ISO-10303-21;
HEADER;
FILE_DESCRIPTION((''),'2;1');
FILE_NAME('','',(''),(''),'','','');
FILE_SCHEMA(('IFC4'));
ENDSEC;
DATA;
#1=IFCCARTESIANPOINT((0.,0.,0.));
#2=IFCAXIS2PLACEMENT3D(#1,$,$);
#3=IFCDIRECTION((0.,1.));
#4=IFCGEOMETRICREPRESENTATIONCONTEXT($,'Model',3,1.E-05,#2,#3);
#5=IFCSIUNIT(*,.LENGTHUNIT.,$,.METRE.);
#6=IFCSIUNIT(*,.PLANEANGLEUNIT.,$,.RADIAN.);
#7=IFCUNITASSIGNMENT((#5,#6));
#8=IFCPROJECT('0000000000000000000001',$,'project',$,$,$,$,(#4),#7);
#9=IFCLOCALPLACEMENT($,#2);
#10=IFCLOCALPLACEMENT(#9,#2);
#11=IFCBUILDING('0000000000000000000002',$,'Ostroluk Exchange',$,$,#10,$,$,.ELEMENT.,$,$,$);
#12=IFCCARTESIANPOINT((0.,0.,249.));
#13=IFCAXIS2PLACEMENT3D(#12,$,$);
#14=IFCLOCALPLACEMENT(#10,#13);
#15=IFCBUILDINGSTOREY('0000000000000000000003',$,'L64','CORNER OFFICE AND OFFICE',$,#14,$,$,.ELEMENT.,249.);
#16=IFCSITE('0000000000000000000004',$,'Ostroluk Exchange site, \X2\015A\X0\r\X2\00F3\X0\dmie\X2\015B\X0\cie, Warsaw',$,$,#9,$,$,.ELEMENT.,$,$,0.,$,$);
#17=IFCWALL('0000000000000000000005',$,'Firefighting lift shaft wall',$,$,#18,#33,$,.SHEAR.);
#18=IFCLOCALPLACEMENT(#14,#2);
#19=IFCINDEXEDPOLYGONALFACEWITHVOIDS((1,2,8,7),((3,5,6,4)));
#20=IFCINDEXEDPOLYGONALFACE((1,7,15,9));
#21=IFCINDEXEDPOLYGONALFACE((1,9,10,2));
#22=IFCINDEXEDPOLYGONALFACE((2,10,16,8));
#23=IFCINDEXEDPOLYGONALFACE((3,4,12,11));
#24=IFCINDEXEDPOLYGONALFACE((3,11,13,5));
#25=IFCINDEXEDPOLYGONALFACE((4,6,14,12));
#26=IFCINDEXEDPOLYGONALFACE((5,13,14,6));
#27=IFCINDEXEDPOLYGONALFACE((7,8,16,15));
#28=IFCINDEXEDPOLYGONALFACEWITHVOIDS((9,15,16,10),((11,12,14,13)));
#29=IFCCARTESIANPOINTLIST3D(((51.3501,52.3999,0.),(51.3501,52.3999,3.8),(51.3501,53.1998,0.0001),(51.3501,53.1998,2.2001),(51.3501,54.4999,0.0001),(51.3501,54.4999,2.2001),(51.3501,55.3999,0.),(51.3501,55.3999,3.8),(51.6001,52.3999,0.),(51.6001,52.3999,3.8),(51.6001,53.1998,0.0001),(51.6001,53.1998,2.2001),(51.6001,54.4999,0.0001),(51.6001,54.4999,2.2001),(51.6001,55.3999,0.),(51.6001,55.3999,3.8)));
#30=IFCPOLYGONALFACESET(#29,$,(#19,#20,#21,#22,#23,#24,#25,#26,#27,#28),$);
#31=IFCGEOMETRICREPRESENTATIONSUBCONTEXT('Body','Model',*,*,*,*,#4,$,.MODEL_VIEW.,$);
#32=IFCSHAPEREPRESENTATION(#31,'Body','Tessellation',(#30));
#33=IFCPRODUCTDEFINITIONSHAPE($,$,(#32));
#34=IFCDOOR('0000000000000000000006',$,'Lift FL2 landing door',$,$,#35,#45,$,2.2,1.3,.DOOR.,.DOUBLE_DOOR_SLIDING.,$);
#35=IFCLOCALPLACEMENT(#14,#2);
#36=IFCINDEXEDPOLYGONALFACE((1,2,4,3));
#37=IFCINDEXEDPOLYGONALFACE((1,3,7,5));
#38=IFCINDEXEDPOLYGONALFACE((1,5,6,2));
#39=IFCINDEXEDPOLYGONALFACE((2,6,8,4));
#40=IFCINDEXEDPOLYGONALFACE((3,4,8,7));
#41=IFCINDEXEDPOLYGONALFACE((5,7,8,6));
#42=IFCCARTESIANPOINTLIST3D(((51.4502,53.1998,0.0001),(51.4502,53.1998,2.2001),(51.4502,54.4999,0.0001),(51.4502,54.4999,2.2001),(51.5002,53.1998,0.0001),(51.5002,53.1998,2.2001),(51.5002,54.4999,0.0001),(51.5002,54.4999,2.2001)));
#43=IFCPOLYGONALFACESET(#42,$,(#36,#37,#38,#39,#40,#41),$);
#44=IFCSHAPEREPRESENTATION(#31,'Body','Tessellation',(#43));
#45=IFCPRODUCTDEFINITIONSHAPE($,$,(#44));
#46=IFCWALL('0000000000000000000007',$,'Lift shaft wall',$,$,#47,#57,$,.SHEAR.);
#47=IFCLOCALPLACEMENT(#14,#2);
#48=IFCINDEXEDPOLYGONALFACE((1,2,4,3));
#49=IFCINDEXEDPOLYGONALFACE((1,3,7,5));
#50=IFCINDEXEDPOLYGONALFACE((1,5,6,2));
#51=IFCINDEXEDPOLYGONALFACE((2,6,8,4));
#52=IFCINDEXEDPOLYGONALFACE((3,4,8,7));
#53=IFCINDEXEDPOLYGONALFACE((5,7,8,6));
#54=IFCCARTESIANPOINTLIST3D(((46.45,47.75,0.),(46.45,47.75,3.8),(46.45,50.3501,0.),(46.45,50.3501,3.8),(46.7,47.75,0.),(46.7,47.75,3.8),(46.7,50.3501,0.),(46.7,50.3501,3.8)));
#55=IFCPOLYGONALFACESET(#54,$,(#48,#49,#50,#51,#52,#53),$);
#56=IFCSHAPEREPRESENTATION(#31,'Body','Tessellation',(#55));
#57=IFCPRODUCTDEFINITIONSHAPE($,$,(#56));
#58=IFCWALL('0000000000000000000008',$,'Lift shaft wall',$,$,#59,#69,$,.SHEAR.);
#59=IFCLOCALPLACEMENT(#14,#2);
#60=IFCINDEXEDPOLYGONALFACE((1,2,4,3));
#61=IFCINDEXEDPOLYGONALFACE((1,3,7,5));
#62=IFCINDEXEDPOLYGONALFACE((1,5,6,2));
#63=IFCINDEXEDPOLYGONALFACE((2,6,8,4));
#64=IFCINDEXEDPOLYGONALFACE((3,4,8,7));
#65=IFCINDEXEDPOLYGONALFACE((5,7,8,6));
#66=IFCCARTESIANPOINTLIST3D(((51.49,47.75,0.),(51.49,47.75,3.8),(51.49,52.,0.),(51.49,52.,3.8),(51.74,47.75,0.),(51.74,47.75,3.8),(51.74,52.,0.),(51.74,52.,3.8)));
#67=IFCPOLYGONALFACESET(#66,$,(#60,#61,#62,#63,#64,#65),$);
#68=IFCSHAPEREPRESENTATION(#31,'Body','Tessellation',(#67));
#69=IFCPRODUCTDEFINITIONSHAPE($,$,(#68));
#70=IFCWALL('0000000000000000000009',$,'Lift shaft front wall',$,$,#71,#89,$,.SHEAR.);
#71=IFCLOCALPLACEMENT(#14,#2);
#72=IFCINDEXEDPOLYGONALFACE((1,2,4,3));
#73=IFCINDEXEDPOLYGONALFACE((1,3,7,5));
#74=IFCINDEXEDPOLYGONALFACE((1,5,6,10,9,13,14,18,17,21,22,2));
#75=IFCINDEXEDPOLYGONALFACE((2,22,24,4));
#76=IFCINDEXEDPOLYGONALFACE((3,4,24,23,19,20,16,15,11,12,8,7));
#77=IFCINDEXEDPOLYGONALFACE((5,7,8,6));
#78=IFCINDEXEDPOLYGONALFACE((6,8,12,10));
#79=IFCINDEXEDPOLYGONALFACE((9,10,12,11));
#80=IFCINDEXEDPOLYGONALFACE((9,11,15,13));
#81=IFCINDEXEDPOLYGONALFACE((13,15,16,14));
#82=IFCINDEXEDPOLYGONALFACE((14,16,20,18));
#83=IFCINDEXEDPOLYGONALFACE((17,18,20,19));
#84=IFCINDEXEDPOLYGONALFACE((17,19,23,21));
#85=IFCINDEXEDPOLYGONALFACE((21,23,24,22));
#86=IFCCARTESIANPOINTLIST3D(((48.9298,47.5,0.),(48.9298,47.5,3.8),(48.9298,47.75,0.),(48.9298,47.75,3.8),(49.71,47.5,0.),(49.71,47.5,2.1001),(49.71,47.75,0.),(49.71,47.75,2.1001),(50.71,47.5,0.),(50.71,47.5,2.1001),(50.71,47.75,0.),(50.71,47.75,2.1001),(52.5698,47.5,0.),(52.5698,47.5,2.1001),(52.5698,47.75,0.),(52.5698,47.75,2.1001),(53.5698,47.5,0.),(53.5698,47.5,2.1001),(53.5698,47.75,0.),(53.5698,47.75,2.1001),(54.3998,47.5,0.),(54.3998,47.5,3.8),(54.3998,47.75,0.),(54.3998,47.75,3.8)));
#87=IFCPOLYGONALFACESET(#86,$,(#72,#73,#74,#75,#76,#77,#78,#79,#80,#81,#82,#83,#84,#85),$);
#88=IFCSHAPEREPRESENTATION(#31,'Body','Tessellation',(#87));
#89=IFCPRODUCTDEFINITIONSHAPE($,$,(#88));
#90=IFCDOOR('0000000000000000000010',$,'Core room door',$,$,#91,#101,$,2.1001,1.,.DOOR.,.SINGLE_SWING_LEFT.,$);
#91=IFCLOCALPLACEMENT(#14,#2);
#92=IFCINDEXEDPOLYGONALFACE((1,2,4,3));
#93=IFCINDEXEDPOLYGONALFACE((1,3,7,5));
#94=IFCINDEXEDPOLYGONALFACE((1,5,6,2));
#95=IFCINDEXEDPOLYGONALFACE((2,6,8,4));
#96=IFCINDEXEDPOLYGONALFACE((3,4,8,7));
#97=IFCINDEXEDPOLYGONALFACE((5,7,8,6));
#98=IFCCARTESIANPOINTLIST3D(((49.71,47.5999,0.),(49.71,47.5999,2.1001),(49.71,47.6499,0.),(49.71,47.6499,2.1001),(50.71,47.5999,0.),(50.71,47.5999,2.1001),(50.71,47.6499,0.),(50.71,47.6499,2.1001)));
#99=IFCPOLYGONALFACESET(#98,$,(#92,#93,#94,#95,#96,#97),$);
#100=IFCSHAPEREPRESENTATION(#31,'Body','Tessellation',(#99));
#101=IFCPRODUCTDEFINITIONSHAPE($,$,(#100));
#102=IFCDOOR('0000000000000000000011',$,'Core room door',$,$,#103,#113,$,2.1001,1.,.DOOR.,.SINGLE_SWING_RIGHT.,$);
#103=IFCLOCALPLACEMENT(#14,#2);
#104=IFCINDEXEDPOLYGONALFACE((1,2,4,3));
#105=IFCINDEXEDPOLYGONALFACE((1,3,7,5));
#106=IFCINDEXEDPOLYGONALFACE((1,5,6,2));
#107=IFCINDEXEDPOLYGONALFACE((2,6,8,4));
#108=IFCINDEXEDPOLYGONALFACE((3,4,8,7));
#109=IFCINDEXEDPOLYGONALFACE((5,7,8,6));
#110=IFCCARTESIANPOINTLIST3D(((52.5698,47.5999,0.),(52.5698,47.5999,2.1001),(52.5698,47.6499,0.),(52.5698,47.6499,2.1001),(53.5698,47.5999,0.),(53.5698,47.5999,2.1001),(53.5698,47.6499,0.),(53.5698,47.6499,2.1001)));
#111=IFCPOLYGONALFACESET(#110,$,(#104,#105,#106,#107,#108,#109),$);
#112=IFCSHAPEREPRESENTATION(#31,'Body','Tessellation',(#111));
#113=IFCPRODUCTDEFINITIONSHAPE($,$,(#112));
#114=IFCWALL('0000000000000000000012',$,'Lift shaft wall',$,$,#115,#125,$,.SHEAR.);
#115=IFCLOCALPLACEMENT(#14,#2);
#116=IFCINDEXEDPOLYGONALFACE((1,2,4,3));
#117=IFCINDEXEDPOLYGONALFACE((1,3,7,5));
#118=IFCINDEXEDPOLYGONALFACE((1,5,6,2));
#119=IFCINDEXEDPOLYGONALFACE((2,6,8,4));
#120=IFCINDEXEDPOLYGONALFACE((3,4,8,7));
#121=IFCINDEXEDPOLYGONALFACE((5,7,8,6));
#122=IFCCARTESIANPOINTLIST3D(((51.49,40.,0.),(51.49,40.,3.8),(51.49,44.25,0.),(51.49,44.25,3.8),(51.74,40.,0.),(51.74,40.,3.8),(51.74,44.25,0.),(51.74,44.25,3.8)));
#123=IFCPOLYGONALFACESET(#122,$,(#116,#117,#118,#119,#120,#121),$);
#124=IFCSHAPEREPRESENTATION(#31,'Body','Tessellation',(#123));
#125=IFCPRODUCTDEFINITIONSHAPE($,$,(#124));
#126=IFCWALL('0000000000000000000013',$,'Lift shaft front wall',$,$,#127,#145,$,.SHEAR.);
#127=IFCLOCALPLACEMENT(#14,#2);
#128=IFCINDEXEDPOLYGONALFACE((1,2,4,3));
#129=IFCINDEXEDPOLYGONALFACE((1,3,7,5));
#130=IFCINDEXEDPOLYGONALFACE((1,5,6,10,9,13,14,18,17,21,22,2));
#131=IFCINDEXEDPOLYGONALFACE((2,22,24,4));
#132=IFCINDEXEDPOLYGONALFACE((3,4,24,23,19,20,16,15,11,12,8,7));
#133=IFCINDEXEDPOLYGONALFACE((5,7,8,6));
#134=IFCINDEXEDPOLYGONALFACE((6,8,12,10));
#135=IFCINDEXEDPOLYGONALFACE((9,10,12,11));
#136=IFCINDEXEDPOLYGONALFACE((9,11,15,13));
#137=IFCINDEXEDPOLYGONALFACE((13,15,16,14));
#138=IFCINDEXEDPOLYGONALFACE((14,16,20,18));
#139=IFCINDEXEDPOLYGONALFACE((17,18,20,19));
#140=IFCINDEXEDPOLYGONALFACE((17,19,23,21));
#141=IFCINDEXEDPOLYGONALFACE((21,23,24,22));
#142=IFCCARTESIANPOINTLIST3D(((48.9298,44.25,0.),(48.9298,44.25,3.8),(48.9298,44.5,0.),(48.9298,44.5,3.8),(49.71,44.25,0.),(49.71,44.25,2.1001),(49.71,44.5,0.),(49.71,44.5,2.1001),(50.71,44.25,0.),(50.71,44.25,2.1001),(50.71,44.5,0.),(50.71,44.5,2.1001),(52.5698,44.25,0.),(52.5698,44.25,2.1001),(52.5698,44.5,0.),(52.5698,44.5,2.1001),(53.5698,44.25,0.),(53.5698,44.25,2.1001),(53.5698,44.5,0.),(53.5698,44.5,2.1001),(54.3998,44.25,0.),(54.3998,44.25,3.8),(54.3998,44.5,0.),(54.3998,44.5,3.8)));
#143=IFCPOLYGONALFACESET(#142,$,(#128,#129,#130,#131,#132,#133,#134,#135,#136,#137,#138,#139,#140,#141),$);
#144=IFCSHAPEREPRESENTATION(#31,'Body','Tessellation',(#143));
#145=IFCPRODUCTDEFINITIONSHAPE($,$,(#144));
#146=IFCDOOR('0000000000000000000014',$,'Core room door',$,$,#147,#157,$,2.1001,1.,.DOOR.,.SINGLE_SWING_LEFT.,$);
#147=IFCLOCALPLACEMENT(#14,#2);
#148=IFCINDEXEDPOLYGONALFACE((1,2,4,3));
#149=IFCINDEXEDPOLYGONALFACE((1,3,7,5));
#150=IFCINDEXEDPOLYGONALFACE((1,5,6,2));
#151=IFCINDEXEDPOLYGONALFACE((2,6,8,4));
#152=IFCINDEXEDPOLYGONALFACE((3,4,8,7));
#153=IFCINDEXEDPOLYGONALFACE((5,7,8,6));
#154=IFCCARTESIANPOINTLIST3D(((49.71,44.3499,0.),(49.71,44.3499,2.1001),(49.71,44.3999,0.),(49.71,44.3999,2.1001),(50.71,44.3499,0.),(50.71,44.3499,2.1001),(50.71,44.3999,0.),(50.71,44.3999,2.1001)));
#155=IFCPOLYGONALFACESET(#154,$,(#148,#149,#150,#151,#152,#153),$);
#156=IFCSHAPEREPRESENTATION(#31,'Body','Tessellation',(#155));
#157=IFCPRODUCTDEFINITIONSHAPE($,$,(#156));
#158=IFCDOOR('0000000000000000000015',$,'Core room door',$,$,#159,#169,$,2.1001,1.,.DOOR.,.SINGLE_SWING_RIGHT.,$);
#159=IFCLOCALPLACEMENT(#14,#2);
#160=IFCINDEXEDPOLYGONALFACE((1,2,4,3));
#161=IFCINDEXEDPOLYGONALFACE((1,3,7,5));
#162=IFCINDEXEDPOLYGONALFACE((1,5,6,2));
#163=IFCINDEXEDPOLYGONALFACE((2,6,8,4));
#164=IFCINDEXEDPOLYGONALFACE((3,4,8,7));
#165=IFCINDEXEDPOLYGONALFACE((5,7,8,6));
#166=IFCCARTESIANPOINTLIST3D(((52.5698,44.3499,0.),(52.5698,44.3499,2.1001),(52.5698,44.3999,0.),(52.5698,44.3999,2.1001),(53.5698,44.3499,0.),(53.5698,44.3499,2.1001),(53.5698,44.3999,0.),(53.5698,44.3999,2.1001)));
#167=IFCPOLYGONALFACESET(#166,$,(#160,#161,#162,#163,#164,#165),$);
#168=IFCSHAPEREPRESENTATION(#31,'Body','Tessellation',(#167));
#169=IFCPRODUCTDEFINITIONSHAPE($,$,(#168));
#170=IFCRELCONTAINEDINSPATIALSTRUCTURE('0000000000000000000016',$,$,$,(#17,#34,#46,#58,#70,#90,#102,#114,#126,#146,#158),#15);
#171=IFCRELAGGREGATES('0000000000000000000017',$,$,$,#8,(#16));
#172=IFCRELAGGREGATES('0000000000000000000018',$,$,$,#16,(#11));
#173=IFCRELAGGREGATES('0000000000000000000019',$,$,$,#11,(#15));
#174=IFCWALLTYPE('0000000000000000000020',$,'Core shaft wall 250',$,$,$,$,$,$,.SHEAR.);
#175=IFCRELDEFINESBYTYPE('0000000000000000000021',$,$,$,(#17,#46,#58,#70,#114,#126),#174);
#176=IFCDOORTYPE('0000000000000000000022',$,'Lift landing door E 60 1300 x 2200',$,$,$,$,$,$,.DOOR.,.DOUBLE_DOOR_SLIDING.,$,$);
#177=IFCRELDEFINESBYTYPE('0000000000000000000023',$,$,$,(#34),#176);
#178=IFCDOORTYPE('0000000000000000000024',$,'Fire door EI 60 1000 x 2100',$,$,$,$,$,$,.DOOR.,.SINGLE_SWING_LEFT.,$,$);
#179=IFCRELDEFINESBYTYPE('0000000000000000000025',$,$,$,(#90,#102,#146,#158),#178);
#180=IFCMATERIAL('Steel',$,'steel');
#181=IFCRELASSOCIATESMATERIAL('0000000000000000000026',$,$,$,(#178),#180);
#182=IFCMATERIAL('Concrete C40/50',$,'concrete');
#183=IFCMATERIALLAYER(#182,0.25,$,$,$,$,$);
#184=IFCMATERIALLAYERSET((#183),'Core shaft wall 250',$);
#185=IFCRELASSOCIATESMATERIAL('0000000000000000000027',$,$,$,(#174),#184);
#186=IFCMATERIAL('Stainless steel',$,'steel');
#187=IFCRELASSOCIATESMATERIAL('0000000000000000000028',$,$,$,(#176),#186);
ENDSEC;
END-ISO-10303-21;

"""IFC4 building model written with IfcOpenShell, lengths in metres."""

from ifc_helpers import new_model, si_unit, direction, frame, frame_2d, origin, place, context, subcontext, project, spatial, rectangle, extrude, material, layer, layer_set, type_object, element, fill, save


model = new_model("IFC4")

# Units and contexts
model_context = context("Model", 3, precision=1e-05, world=origin(), true_north=direction((0.0, 1.0)))
body_context = subcontext(model_context, "Body", "Model", "MODEL_VIEW")
ifc_project = project(units=[si_unit("LENGTHUNIT", "METRE"), si_unit("PLANEANGLEUNIT", "RADIAN")], contexts=[model_context])

# Site, building, storey
site_placement = place(None, origin())
site = spatial("IfcSite", under=ifc_project, at=site_placement, Name="Ostroluk Exchange site, Śródmieście, Warsaw", CompositionType="ELEMENT", RefElevation=0.0)
building_placement = place(site_placement, origin())
building = spatial("IfcBuilding", under=site, at=building_placement, Name="Ostroluk Exchange", CompositionType="ELEMENT")
storey_placement = place(building_placement, frame((0.0, 0.0, 249.0)))
storey = spatial("IfcBuildingStorey", under=building, at=storey_placement, Name="L64", Description="CORNER OFFICE AND OFFICE", CompositionType="ELEMENT", Elevation=249.0)

# Wall, opening, door
ifc_material_1 = material(Name="Steel", Category="steel")
door_type_1 = type_object("IfcDoorType", Name="Fire door EI 60 1000 x 2100", OperationType="SINGLE_SWING_LEFT", PredefinedType="DOOR", material=ifc_material_1)
ifc_material_2 = material(Name="Concrete C40/50", Category="concrete")
ifc_layer_1 = layer(ifc_material_2, 0.25)
ifc_layer_set_1 = layer_set([ifc_layer_1], Name="Core shaft wall 250")
wall_type_1 = type_object("IfcWallType", Name="Core shaft wall 250", PredefinedType="SHEAR", material=ifc_layer_set_1)
wall_1_placement = place(storey_placement, frame((51.4751, 52.3999, 0.0), z_axis=(0.0, 0.0, 1.0), x_axis=(0.0, 1.0, 0.0)))
wall_1 = element("IfcWall", 1, at=wall_1_placement, inside=storey, type_object=wall_type_1, Name="Firefighting lift shaft wall", PredefinedType="SHEAR", context=body_context, shape_type="SweptSolid", body=[
    extrude(rectangle(XDim=3.0, YDim=0.25, at=frame_2d((1.5, 0.0))), origin(), (0.0, 0.0, 1.0), 3.8),
])
opening_1_placement = place(wall_1_placement, frame((0.8, 0.0, 0.0)))
opening_1 = element("IfcOpeningElement", 2, at=opening_1_placement, cuts=wall_1, PredefinedType="OPENING", context=body_context, shape_type="SweptSolid", body=[
    extrude(rectangle(XDim=1.3, YDim=2.2, at=frame_2d((0.6499, 1.1001))), frame((0.0, 0.135, 0.0), z_axis=(0.0, -1.0, 0.0), x_axis=(1.0, 0.0, 0.0)), (0.0, 0.0, 1.0), 0.27),
])
ifc_material_3 = material(Name="Stainless steel", Category="steel")
door_type_2 = type_object("IfcDoorType", Name="Lift landing door E 60 1300 x 2200", OperationType="DOUBLE_DOOR_SLIDING", PredefinedType="DOOR", material=ifc_material_3)
door_1_placement = place(opening_1_placement, origin())
door_1 = element("IfcDoor", 3, at=door_1_placement, inside=storey, type_object=door_type_2, Name="Lift FL2 landing door", OperationType="DOUBLE_DOOR_SLIDING", OverallHeight=2.2, OverallWidth=1.3, PredefinedType="DOOR", context=body_context, shape_type="SweptSolid", body=[
    extrude(rectangle(XDim=1.3, YDim=2.2, at=frame_2d((0.6499, 1.1001))), frame((0.0, 0.0249, 0.0), z_axis=(0.0, -1.0, 0.0), x_axis=(1.0, 0.0, 0.0)), (0.0, 0.0, 1.0), 0.05),
])
fill(opening_1, door_1)

# Walls
wall_2_placement = place(storey_placement, frame((46.575, 47.75, 0.0), z_axis=(0.0, 0.0, 1.0), x_axis=(0.0, 1.0, 0.0)))
element("IfcWall", 4, at=wall_2_placement, inside=storey, type_object=wall_type_1, Name="Lift shaft wall", PredefinedType="SHEAR", context=body_context, shape_type="SweptSolid", body=[
    extrude(rectangle(XDim=2.6001, YDim=0.25, at=frame_2d((1.3, 0.0))), origin(), (0.0, 0.0, 1.0), 3.8),
])
wall_3_placement = place(storey_placement, frame((51.615, 47.75, 0.0), z_axis=(0.0, 0.0, 1.0), x_axis=(0.0, 1.0, 0.0)))
element("IfcWall", 5, at=wall_3_placement, inside=storey, type_object=wall_type_1, Name="Lift shaft wall", PredefinedType="SHEAR", context=body_context, shape_type="SweptSolid", body=[
    extrude(rectangle(XDim=4.25, YDim=0.25, at=frame_2d((2.125, 0.0))), origin(), (0.0, 0.0, 1.0), 3.8),
])

# Wall, openings, doors
wall_4_placement = place(storey_placement, frame((48.9299, 47.625, 0.0), z_axis=(0.0, 0.0, 1.0), x_axis=(1.0, 0.0, 0.0)))
wall_4 = element("IfcWall", 6, at=wall_4_placement, inside=storey, type_object=wall_type_1, Name="Lift shaft front wall", PredefinedType="SHEAR", context=body_context, shape_type="SweptSolid", body=[
    extrude(rectangle(XDim=5.47, YDim=0.25, at=frame_2d((2.7349, 0.0))), origin(), (0.0, 0.0, 1.0), 3.8),
])
opening_2_placement = place(wall_4_placement, frame((0.78, 0.0, 0.0)))
opening_2 = element("IfcOpeningElement", 7, at=opening_2_placement, cuts=wall_4, PredefinedType="OPENING", context=body_context, shape_type="SweptSolid", body=[
    extrude(rectangle(XDim=1.0, YDim=2.1001, at=frame_2d((0.5, 1.05))), frame((0.0, 0.135, 0.0), z_axis=(0.0, -1.0, 0.0), x_axis=(1.0, 0.0, 0.0)), (0.0, 0.0, 1.0), 0.27),
])
opening_3_placement = place(wall_4_placement, frame((3.6399, 0.0, 0.0)))
opening_3 = element("IfcOpeningElement", 8, at=opening_3_placement, cuts=wall_4, PredefinedType="OPENING", context=body_context, shape_type="SweptSolid", body=[
    extrude(rectangle(XDim=1.0, YDim=2.1001, at=frame_2d((0.5, 1.05))), frame((0.0, 0.135, 0.0), z_axis=(0.0, -1.0, 0.0), x_axis=(1.0, 0.0, 0.0)), (0.0, 0.0, 1.0), 0.27),
])
door_2_placement = place(opening_2_placement, origin())
door_2 = element("IfcDoor", 9, at=door_2_placement, inside=storey, type_object=door_type_1, Name="Core room door", OperationType="SINGLE_SWING_LEFT", OverallHeight=2.1001, OverallWidth=1.0, PredefinedType="DOOR", context=body_context, shape_type="SweptSolid", body=[
    extrude(rectangle(XDim=1.0, YDim=2.1001, at=frame_2d((0.5, 1.05))), frame((0.0, 0.0249, 0.0), z_axis=(0.0, -1.0, 0.0), x_axis=(1.0, 0.0, 0.0)), (0.0, 0.0, 1.0), 0.05),
])
fill(opening_2, door_2)
door_3_placement = place(opening_3_placement, origin())
door_3 = element("IfcDoor", 10, at=door_3_placement, inside=storey, type_object=door_type_1, Name="Core room door", OperationType="SINGLE_SWING_RIGHT", OverallHeight=2.1001, OverallWidth=1.0, PredefinedType="DOOR", context=body_context, shape_type="SweptSolid", body=[
    extrude(rectangle(XDim=1.0, YDim=2.1001, at=frame_2d((0.5, 1.05))), frame((0.0, 0.0249, 0.0), z_axis=(0.0, -1.0, 0.0), x_axis=(1.0, 0.0, 0.0)), (0.0, 0.0, 1.0), 0.05),
])
fill(opening_3, door_3)

# Wall
wall_5_placement = place(storey_placement, frame((51.615, 44.25, 0.0), z_axis=(0.0, 0.0, 1.0), x_axis=(0.0, -1.0, 0.0)))
element("IfcWall", 11, at=wall_5_placement, inside=storey, type_object=wall_type_1, Name="Lift shaft wall", PredefinedType="SHEAR", context=body_context, shape_type="SweptSolid", body=[
    extrude(rectangle(XDim=4.25, YDim=0.25, at=frame_2d((2.125, 0.0))), origin(), (0.0, 0.0, 1.0), 3.8),
])

# Wall, openings, doors
wall_6_placement = place(storey_placement, frame((48.9299, 44.375, 0.0), z_axis=(0.0, 0.0, 1.0), x_axis=(1.0, 0.0, 0.0)))
wall_6 = element("IfcWall", 12, at=wall_6_placement, inside=storey, type_object=wall_type_1, Name="Lift shaft front wall", PredefinedType="SHEAR", context=body_context, shape_type="SweptSolid", body=[
    extrude(rectangle(XDim=5.47, YDim=0.25, at=frame_2d((2.7349, 0.0))), origin(), (0.0, 0.0, 1.0), 3.8),
])
opening_4_placement = place(wall_6_placement, frame((0.78, 0.0, 0.0)))
opening_4 = element("IfcOpeningElement", 13, at=opening_4_placement, cuts=wall_6, PredefinedType="OPENING", context=body_context, shape_type="SweptSolid", body=[
    extrude(rectangle(XDim=1.0, YDim=2.1001, at=frame_2d((0.5, 1.05))), frame((0.0, 0.135, 0.0), z_axis=(0.0, -1.0, 0.0), x_axis=(1.0, 0.0, 0.0)), (0.0, 0.0, 1.0), 0.27),
])
opening_5_placement = place(wall_6_placement, frame((3.6399, 0.0, 0.0)))
opening_5 = element("IfcOpeningElement", 14, at=opening_5_placement, cuts=wall_6, PredefinedType="OPENING", context=body_context, shape_type="SweptSolid", body=[
    extrude(rectangle(XDim=1.0, YDim=2.1001, at=frame_2d((0.5, 1.05))), frame((0.0, 0.135, 0.0), z_axis=(0.0, -1.0, 0.0), x_axis=(1.0, 0.0, 0.0)), (0.0, 0.0, 1.0), 0.27),
])
door_4_placement = place(opening_4_placement, origin())
door_4 = element("IfcDoor", 15, at=door_4_placement, inside=storey, type_object=door_type_1, Name="Core room door", OperationType="SINGLE_SWING_LEFT", OverallHeight=2.1001, OverallWidth=1.0, PredefinedType="DOOR", context=body_context, shape_type="SweptSolid", body=[
    extrude(rectangle(XDim=1.0, YDim=2.1001, at=frame_2d((0.5, 1.05))), frame((0.0, 0.0249, 0.0), z_axis=(0.0, -1.0, 0.0), x_axis=(1.0, 0.0, 0.0)), (0.0, 0.0, 1.0), 0.05),
])
fill(opening_4, door_4)
door_5_placement = place(opening_5_placement, origin())
door_5 = element("IfcDoor", 16, at=door_5_placement, inside=storey, type_object=door_type_1, Name="Core room door", OperationType="SINGLE_SWING_RIGHT", OverallHeight=2.1001, OverallWidth=1.0, PredefinedType="DOOR", context=body_context, shape_type="SweptSolid", body=[
    extrude(rectangle(XDim=1.0, YDim=2.1001, at=frame_2d((0.5, 1.05))), frame((0.0, 0.0249, 0.0), z_axis=(0.0, -1.0, 0.0), x_axis=(1.0, 0.0, 0.0)), (0.0, 0.0, 1.0), 0.05),
])
fill(opening_5, door_5)

save(model, "model.ifc")
